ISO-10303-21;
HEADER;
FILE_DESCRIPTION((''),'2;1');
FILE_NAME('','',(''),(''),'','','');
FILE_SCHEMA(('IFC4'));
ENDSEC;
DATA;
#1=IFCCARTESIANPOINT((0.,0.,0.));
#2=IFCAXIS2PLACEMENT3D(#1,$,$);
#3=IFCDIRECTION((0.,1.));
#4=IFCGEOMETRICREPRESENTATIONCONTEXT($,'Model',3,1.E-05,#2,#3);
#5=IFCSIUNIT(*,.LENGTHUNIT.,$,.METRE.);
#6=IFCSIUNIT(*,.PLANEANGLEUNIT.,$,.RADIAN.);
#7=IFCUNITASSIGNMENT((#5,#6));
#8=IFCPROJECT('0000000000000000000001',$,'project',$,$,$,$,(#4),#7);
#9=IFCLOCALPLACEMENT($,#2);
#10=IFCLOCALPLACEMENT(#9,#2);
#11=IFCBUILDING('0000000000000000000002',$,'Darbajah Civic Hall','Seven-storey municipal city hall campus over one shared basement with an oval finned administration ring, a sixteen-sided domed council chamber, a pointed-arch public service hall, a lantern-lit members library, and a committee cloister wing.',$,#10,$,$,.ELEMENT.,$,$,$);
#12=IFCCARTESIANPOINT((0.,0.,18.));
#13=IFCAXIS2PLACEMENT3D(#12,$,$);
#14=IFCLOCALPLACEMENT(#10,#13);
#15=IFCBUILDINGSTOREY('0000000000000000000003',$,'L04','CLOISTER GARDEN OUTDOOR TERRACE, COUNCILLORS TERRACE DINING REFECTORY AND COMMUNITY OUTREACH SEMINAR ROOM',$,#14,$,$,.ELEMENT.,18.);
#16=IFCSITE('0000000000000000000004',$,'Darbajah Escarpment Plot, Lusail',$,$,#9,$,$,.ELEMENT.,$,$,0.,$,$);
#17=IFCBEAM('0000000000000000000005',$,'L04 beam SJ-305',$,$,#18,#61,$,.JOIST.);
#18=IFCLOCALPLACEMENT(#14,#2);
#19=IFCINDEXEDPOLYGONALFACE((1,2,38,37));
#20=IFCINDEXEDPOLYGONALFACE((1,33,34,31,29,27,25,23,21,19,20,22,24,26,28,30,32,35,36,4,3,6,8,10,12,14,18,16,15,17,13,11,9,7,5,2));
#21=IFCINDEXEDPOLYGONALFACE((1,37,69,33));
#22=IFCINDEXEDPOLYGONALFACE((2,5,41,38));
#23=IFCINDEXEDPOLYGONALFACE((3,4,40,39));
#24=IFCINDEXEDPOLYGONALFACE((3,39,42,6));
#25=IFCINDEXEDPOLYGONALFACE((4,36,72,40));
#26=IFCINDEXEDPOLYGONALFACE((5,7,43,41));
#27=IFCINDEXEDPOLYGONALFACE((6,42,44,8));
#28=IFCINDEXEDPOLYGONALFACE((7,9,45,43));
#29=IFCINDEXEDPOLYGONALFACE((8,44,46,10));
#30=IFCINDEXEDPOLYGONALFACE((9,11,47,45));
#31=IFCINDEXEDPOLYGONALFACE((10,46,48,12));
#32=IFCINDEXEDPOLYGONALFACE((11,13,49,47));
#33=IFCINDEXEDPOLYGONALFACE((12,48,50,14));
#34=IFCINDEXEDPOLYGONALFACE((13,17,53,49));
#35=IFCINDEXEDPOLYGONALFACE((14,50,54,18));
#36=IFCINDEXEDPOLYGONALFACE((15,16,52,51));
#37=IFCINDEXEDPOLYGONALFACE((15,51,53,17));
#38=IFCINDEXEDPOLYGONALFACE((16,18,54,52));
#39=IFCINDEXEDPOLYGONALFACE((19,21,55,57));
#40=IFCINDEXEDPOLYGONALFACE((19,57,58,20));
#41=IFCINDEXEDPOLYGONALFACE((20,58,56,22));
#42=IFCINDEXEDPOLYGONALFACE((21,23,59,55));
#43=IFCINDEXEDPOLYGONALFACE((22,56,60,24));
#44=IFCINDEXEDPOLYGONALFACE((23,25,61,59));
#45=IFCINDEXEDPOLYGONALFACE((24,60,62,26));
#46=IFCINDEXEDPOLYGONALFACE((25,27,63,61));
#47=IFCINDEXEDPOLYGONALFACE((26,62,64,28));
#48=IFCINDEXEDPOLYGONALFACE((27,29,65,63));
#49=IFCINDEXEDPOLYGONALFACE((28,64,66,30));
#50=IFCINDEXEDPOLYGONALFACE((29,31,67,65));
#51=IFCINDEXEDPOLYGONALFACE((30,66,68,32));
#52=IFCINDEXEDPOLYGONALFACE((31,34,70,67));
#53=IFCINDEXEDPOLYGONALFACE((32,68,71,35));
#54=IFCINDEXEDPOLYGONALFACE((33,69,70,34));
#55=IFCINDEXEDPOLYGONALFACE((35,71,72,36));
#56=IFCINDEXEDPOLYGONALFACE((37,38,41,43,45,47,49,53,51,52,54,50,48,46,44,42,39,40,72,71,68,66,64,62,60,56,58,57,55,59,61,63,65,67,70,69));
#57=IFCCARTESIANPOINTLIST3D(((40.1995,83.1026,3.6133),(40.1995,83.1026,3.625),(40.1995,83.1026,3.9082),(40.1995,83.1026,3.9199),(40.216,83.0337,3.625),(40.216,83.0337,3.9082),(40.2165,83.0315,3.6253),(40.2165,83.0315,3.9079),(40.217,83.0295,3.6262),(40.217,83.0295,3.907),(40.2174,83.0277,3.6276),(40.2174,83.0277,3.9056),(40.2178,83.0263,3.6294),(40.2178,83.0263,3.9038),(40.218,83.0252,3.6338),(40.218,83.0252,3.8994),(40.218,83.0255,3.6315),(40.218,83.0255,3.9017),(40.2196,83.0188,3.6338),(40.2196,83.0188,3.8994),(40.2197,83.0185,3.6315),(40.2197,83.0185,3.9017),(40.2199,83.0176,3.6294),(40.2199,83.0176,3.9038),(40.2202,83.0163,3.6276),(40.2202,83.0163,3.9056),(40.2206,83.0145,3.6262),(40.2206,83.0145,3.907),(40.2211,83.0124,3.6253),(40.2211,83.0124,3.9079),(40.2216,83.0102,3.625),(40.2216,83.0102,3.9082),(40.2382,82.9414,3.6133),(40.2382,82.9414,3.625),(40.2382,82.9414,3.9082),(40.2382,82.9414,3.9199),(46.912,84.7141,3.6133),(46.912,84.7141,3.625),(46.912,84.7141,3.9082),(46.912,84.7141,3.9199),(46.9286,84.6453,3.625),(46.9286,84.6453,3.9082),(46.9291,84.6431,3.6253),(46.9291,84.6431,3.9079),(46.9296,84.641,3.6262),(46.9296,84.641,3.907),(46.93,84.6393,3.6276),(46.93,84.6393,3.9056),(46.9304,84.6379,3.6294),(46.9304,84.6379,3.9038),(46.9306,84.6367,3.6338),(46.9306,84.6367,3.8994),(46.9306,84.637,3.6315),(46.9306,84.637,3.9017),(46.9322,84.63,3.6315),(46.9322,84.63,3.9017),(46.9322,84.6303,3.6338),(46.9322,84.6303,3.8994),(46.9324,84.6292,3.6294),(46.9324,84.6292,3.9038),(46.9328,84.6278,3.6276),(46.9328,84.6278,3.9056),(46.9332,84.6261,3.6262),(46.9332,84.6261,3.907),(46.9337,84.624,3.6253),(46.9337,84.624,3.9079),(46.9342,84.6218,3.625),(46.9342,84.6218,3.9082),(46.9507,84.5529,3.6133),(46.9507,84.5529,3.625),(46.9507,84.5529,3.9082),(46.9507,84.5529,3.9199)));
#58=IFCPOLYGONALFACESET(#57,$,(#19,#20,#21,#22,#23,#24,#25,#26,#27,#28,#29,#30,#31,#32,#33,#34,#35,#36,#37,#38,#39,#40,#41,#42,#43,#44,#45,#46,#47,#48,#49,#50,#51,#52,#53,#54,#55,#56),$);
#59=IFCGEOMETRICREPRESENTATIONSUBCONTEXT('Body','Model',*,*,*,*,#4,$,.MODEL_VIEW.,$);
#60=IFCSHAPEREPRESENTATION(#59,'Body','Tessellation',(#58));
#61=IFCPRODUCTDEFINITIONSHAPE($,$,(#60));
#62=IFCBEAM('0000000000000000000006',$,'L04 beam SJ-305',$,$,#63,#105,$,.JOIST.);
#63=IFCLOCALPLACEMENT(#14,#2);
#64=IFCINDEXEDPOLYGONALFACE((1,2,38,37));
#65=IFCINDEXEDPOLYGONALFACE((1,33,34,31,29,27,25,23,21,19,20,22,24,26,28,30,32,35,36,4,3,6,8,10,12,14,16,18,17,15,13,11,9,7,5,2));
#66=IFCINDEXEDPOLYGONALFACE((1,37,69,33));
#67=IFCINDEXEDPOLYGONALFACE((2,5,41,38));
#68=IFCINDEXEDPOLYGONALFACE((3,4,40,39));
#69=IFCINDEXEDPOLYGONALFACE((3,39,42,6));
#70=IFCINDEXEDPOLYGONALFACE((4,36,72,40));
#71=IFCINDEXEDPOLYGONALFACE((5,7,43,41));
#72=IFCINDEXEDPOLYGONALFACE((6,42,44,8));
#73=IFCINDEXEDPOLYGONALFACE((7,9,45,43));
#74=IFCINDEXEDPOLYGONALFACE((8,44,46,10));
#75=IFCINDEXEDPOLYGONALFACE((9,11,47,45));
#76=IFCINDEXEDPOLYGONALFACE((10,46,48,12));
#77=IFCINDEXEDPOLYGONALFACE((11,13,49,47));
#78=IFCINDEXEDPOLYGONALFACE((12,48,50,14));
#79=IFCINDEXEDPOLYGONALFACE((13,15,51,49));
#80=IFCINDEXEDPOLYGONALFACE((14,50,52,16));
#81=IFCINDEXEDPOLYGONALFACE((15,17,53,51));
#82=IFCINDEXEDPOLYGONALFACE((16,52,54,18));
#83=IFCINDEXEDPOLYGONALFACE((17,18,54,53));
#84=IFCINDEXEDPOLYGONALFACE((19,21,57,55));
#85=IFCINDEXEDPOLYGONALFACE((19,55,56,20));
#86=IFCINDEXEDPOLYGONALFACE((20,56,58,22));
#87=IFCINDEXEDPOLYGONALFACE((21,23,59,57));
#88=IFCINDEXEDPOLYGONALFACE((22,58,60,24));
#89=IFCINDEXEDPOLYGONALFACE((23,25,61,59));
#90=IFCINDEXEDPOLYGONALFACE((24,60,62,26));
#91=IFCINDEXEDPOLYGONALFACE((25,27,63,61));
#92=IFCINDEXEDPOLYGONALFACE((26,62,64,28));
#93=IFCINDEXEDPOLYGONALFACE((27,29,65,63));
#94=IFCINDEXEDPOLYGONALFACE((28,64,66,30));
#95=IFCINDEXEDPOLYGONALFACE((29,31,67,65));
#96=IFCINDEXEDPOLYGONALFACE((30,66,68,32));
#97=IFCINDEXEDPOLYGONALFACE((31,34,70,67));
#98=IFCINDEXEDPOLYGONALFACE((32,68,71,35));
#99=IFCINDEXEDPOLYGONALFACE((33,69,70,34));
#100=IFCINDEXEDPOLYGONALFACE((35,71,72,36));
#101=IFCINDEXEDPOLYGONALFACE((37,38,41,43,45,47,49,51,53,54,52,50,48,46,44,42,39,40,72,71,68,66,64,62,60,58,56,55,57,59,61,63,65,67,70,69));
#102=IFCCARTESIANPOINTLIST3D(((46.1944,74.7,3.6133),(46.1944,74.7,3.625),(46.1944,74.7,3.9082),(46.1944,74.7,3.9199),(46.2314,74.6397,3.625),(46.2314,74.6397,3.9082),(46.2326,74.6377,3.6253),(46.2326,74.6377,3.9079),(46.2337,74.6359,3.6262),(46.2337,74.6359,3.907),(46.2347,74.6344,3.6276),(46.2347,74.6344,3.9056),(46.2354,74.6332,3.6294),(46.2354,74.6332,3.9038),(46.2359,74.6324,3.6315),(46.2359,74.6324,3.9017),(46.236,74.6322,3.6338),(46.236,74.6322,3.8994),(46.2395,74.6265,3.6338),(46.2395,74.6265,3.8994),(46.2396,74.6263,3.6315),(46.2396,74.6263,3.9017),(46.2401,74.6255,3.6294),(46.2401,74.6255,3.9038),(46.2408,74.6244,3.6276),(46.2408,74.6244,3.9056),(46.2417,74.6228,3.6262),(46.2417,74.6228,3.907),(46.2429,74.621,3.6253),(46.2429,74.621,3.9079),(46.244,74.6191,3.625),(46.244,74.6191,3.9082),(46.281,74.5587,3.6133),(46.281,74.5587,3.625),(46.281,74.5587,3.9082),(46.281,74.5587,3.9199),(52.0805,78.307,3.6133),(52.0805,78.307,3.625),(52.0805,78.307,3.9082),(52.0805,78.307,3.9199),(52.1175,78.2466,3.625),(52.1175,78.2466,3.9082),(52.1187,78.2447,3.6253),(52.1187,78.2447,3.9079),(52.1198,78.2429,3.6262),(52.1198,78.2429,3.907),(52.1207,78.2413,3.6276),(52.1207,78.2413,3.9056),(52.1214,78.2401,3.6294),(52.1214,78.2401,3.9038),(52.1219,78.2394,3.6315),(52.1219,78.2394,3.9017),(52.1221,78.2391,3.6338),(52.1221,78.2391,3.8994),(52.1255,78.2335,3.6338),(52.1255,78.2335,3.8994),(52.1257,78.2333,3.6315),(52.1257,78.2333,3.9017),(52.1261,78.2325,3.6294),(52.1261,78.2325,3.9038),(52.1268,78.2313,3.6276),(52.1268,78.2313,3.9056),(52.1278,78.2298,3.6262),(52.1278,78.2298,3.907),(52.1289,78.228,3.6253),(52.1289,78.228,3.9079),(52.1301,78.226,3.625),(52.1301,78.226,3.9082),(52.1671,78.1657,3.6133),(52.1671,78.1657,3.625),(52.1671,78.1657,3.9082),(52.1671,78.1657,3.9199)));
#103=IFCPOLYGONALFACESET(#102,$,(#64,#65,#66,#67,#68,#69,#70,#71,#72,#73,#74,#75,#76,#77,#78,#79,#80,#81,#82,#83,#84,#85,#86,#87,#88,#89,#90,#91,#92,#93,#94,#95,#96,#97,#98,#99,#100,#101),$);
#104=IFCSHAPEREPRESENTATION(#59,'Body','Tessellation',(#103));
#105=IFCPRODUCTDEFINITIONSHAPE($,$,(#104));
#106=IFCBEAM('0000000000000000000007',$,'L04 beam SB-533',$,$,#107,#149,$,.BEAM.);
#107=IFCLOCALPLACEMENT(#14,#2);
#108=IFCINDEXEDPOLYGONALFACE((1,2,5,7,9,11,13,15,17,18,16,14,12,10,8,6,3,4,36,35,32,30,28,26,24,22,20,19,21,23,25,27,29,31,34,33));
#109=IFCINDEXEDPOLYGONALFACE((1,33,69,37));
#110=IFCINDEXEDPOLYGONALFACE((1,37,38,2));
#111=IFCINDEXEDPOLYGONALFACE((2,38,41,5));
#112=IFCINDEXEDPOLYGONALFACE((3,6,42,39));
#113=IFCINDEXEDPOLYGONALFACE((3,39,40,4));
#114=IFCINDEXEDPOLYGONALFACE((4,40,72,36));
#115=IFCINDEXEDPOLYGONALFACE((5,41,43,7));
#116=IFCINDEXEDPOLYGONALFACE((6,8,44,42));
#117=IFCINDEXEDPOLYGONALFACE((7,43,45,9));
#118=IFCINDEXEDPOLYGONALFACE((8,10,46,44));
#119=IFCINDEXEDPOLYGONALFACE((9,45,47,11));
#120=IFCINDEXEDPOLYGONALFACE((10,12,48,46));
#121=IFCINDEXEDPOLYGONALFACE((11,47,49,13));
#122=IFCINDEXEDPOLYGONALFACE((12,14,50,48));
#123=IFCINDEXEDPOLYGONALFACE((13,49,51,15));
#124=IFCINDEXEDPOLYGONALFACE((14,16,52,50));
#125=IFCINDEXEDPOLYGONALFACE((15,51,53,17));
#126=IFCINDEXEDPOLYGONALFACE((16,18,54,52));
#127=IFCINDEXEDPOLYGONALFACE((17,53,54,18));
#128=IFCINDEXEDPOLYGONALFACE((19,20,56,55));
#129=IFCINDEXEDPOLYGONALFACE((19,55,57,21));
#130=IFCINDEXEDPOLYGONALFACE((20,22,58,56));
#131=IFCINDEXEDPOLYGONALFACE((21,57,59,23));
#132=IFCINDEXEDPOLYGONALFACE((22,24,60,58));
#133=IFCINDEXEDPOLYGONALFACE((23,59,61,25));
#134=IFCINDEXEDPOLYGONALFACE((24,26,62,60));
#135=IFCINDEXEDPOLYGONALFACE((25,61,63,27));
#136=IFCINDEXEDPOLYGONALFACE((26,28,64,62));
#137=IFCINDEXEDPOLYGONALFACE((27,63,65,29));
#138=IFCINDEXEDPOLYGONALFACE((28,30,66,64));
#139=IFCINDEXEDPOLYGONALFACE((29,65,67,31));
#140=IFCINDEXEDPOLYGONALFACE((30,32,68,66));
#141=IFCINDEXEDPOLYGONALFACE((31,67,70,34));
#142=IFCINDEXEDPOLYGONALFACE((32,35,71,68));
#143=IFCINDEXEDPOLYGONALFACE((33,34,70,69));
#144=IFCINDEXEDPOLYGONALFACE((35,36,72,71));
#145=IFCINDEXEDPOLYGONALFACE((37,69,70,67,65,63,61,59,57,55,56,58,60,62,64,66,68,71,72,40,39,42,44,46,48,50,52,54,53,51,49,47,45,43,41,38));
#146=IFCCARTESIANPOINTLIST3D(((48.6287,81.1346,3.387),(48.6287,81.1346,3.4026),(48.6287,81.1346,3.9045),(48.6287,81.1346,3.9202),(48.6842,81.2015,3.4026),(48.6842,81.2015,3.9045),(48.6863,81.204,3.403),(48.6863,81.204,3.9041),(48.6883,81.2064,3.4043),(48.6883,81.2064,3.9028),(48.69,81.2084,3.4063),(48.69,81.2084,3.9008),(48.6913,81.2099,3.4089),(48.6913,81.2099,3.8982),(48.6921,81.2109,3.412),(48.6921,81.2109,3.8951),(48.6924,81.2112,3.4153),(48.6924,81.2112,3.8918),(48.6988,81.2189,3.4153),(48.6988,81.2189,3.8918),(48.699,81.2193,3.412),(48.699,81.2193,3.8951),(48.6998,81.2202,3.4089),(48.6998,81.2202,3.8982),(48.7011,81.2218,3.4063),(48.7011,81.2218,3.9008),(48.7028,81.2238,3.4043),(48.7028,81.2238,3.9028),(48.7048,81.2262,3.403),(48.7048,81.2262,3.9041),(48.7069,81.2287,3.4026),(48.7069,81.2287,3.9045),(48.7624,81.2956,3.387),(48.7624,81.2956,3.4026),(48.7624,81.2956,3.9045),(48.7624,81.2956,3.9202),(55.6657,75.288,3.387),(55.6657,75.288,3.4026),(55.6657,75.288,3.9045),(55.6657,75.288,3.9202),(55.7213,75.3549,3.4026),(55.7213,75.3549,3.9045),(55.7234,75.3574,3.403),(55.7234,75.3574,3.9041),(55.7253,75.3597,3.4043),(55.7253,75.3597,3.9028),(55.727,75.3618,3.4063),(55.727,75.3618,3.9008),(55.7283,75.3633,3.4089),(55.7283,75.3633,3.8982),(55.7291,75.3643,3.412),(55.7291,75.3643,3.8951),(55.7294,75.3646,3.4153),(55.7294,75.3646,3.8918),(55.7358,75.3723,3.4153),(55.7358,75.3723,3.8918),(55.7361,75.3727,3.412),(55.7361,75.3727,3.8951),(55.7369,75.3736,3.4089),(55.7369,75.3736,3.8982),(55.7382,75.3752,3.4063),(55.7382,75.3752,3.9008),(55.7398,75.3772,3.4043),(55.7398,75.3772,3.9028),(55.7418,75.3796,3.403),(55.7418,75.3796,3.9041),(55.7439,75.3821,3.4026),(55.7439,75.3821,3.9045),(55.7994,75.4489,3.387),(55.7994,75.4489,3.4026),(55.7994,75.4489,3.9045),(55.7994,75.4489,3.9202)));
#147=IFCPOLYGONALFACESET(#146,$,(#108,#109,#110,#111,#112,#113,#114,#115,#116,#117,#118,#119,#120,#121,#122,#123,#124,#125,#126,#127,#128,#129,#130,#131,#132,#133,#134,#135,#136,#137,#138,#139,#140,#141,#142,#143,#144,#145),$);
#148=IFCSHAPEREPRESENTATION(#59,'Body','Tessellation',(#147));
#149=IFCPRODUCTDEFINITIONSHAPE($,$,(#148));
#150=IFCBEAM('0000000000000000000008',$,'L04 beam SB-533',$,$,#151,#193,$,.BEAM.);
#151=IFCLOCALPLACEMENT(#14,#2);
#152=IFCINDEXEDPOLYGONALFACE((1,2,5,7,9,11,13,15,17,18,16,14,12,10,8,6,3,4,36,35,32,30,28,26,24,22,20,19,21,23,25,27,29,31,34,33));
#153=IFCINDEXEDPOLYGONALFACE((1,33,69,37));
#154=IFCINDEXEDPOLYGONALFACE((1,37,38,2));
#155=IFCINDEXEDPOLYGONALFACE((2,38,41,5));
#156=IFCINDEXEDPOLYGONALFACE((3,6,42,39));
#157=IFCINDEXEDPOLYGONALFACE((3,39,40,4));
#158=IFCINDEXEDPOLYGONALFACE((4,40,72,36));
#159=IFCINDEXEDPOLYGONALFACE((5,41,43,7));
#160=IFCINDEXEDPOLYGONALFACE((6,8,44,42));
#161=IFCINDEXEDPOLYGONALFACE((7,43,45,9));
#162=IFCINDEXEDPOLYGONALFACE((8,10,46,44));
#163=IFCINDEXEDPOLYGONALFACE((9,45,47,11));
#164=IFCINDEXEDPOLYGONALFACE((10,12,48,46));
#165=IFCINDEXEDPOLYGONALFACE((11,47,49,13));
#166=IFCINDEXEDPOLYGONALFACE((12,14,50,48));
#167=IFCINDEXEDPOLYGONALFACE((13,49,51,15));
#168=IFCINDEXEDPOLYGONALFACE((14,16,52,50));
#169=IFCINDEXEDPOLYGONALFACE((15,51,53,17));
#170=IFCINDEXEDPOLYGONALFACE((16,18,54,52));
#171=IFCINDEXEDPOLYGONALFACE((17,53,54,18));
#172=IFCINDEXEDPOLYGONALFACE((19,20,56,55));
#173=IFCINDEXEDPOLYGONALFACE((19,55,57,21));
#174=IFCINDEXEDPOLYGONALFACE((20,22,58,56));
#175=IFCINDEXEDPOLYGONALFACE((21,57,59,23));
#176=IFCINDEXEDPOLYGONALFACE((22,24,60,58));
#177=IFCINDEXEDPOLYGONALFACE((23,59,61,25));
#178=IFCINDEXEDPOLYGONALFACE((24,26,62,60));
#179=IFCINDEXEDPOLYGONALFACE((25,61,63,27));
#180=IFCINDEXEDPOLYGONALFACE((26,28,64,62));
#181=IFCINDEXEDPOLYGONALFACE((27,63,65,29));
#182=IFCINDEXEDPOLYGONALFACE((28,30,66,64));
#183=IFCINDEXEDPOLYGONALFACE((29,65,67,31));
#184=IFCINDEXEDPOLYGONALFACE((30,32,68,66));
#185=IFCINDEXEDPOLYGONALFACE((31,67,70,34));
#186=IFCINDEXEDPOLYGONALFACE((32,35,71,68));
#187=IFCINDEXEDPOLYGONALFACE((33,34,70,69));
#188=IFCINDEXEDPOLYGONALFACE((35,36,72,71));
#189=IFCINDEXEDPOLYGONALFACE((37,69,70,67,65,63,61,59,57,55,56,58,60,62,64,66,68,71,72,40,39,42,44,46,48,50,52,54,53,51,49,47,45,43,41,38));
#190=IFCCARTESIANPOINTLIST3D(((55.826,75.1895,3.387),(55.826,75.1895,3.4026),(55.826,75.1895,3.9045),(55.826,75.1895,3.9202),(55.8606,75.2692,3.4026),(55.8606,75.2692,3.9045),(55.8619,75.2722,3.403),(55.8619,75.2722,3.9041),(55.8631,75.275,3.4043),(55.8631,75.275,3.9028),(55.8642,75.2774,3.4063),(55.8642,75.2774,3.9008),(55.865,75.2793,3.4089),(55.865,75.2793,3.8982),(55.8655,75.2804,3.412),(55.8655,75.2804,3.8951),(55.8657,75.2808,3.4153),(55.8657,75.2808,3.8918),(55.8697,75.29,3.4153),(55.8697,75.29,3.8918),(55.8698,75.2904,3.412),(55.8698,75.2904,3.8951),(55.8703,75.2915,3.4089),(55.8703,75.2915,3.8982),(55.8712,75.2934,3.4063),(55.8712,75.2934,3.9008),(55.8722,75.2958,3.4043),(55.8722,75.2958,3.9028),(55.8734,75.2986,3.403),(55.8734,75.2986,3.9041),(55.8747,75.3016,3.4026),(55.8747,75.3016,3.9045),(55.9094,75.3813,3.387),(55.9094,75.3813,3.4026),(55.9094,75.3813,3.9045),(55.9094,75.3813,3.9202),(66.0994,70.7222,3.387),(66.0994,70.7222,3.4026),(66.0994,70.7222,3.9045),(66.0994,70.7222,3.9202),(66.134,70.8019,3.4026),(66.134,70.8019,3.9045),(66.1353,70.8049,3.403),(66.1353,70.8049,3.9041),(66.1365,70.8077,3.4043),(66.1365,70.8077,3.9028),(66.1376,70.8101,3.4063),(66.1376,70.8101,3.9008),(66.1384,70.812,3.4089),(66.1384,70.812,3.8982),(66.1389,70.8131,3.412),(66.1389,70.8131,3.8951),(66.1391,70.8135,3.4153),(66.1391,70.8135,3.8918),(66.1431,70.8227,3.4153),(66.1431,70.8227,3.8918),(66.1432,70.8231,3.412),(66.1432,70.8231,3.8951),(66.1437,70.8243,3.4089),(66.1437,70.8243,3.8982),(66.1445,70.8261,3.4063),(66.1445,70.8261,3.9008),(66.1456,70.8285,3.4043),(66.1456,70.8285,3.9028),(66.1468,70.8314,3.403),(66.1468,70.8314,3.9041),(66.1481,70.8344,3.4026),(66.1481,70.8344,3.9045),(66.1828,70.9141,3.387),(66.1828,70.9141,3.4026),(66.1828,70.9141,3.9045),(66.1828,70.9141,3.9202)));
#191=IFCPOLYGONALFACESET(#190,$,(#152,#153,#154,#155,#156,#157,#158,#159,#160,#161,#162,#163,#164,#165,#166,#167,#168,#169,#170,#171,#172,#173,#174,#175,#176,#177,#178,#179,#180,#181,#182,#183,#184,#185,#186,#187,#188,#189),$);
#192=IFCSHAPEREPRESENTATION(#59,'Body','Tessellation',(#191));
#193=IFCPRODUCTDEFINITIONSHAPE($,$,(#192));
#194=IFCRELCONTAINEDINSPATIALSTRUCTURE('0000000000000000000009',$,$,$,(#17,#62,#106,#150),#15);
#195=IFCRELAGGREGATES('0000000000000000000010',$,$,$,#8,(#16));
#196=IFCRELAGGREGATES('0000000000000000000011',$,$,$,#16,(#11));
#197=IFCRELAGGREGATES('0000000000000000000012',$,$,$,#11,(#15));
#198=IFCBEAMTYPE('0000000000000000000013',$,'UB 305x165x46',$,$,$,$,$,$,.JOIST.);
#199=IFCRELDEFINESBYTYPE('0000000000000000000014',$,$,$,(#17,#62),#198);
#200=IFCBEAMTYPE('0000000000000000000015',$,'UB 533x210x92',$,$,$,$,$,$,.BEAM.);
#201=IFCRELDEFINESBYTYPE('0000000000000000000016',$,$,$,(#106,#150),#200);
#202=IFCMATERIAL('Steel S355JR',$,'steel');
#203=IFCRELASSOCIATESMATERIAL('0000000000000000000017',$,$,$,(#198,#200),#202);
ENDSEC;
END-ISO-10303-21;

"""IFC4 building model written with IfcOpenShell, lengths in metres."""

from ifc_helpers import new_model, si_unit, direction, frame, origin, origin_2d, place, context, subcontext, project, spatial, i_section, extrude, material, material_profile, profile_set, type_object, element, save


model = new_model("IFC4")

# Units and contexts
model_context = context("Model", 3, precision=1e-05, world=origin(), true_north=direction((0.0, 1.0)))
body_context = subcontext(model_context, "Body", "Model", "MODEL_VIEW")
ifc_project = project(units=[si_unit("LENGTHUNIT", "METRE"), si_unit("PLANEANGLEUNIT", "RADIAN")], contexts=[model_context])

# Site, building, storey
site_placement = place(None, origin())
site = spatial("IfcSite", under=ifc_project, at=site_placement, Name="Darbajah Escarpment Plot, Lusail", CompositionType="ELEMENT", RefElevation=0.0)
building_placement = place(site_placement, origin())
building = spatial("IfcBuilding", under=site, at=building_placement, Name="Darbajah Civic Hall", Description="Seven-storey municipal city hall campus over one shared basement with an oval finned administration ring, a sixteen-sided domed council chamber, a pointed-arch public service hall, a lantern-lit members library, and a committee cloister wing.", CompositionType="ELEMENT")
storey_placement = place(building_placement, frame((0.0, 0.0, 18.0)))
storey = spatial("IfcBuildingStorey", under=building, at=storey_placement, Name="L04", Description="CLOISTER GARDEN OUTDOOR TERRACE, COUNCILLORS TERRACE DINING REFECTORY AND COMMUNITY OUTREACH SEMINAR ROOM", CompositionType="ELEMENT", Elevation=18.0)

# Beams
ifc_material_1 = material(Name="Steel S355JR", Category="steel")
ifc_material_profile_1 = material_profile(ifc_material_1, i_section(OverallWidth=0.1658, OverallDepth=0.3066, WebThickness=0.0066, FlangeThickness=0.0117, FilletRadius=0.0088, at=origin_2d()), Name="UB 305x165x46")
ifc_profile_set_1 = profile_set([ifc_material_profile_1], Name="Steel S355JR")
beam_type_1 = type_object("IfcBeamType", Name="UB 305x165x46", PredefinedType="JOIST", material=ifc_profile_set_1)
for number, where, z_axis, x_axis, name in (
    (1, (46.9314, 84.6335, 3.7666), (-0.97237, -0.233447, 0.0), (0.233447, -0.97237, 0.0), "L04 beam SJ-305"),
    (2, (52.1238, 78.2363, 3.7666), (-0.85264, -0.522498, 0.0), (0.522498, -0.85264, 0.0), "L04 beam SJ-305"),
):
    element("IfcBeam", number, at=place(storey_placement, frame(where, z_axis=z_axis, x_axis=x_axis)), inside=storey, type_object=beam_type_1, Name=name, PredefinedType="JOIST", context=body_context, shape_type="SweptSolid", body=[
        extrude(i_section(OverallWidth=0.1658, OverallDepth=0.3066, WebThickness=0.0066, FlangeThickness=0.0117, FilletRadius=0.0088, at=origin_2d()), origin(), (0.0, 0.0, 1.0), 6.9033),
    ])
ifc_material_profile_2 = material_profile(ifc_material_1, i_section(OverallWidth=0.2092, OverallDepth=0.5332, WebThickness=0.01, FlangeThickness=0.0156, FilletRadius=0.0127, at=origin_2d()), Name="UB 533x210x92")
ifc_profile_set_2 = profile_set([ifc_material_profile_2], Name="Steel S355JR")
beam_type_2 = type_object("IfcBeamType", Name="UB 533x210x92", PredefinedType="BEAM", material=ifc_profile_set_2)
beam_1_placement = place(storey_placement, frame((48.6956, 81.2151, 3.6536), z_axis=(0.769165, -0.63905, 0.0), x_axis=(0.63905, 0.769165, 0.0)))
element("IfcBeam", 3, at=beam_1_placement, inside=storey, type_object=beam_type_2, Name="L04 beam SB-533", PredefinedType="BEAM", context=body_context, shape_type="SweptSolid", body=[
    extrude(i_section(OverallWidth=0.2092, OverallDepth=0.5332, WebThickness=0.01, FlangeThickness=0.0156, FilletRadius=0.0127, at=origin_2d()), origin(), (0.0, 0.0, 1.0), 9.1489),
])
beam_2_placement = place(storey_placement, frame((55.8677, 75.2854, 3.6536), z_axis=(0.917051, -0.398769, 0.0), x_axis=(0.398769, 0.917051, 0.0)))
element("IfcBeam", 4, at=beam_2_placement, inside=storey, type_object=beam_type_2, Name="L04 beam SB-533", PredefinedType="BEAM", context=body_context, shape_type="SweptSolid", body=[
    extrude(i_section(OverallWidth=0.2092, OverallDepth=0.5332, WebThickness=0.01, FlangeThickness=0.0156, FilletRadius=0.0127, at=origin_2d()), origin(), (0.0, 0.0, 1.0), 11.2026),
])

save(model, "model.ifc")
